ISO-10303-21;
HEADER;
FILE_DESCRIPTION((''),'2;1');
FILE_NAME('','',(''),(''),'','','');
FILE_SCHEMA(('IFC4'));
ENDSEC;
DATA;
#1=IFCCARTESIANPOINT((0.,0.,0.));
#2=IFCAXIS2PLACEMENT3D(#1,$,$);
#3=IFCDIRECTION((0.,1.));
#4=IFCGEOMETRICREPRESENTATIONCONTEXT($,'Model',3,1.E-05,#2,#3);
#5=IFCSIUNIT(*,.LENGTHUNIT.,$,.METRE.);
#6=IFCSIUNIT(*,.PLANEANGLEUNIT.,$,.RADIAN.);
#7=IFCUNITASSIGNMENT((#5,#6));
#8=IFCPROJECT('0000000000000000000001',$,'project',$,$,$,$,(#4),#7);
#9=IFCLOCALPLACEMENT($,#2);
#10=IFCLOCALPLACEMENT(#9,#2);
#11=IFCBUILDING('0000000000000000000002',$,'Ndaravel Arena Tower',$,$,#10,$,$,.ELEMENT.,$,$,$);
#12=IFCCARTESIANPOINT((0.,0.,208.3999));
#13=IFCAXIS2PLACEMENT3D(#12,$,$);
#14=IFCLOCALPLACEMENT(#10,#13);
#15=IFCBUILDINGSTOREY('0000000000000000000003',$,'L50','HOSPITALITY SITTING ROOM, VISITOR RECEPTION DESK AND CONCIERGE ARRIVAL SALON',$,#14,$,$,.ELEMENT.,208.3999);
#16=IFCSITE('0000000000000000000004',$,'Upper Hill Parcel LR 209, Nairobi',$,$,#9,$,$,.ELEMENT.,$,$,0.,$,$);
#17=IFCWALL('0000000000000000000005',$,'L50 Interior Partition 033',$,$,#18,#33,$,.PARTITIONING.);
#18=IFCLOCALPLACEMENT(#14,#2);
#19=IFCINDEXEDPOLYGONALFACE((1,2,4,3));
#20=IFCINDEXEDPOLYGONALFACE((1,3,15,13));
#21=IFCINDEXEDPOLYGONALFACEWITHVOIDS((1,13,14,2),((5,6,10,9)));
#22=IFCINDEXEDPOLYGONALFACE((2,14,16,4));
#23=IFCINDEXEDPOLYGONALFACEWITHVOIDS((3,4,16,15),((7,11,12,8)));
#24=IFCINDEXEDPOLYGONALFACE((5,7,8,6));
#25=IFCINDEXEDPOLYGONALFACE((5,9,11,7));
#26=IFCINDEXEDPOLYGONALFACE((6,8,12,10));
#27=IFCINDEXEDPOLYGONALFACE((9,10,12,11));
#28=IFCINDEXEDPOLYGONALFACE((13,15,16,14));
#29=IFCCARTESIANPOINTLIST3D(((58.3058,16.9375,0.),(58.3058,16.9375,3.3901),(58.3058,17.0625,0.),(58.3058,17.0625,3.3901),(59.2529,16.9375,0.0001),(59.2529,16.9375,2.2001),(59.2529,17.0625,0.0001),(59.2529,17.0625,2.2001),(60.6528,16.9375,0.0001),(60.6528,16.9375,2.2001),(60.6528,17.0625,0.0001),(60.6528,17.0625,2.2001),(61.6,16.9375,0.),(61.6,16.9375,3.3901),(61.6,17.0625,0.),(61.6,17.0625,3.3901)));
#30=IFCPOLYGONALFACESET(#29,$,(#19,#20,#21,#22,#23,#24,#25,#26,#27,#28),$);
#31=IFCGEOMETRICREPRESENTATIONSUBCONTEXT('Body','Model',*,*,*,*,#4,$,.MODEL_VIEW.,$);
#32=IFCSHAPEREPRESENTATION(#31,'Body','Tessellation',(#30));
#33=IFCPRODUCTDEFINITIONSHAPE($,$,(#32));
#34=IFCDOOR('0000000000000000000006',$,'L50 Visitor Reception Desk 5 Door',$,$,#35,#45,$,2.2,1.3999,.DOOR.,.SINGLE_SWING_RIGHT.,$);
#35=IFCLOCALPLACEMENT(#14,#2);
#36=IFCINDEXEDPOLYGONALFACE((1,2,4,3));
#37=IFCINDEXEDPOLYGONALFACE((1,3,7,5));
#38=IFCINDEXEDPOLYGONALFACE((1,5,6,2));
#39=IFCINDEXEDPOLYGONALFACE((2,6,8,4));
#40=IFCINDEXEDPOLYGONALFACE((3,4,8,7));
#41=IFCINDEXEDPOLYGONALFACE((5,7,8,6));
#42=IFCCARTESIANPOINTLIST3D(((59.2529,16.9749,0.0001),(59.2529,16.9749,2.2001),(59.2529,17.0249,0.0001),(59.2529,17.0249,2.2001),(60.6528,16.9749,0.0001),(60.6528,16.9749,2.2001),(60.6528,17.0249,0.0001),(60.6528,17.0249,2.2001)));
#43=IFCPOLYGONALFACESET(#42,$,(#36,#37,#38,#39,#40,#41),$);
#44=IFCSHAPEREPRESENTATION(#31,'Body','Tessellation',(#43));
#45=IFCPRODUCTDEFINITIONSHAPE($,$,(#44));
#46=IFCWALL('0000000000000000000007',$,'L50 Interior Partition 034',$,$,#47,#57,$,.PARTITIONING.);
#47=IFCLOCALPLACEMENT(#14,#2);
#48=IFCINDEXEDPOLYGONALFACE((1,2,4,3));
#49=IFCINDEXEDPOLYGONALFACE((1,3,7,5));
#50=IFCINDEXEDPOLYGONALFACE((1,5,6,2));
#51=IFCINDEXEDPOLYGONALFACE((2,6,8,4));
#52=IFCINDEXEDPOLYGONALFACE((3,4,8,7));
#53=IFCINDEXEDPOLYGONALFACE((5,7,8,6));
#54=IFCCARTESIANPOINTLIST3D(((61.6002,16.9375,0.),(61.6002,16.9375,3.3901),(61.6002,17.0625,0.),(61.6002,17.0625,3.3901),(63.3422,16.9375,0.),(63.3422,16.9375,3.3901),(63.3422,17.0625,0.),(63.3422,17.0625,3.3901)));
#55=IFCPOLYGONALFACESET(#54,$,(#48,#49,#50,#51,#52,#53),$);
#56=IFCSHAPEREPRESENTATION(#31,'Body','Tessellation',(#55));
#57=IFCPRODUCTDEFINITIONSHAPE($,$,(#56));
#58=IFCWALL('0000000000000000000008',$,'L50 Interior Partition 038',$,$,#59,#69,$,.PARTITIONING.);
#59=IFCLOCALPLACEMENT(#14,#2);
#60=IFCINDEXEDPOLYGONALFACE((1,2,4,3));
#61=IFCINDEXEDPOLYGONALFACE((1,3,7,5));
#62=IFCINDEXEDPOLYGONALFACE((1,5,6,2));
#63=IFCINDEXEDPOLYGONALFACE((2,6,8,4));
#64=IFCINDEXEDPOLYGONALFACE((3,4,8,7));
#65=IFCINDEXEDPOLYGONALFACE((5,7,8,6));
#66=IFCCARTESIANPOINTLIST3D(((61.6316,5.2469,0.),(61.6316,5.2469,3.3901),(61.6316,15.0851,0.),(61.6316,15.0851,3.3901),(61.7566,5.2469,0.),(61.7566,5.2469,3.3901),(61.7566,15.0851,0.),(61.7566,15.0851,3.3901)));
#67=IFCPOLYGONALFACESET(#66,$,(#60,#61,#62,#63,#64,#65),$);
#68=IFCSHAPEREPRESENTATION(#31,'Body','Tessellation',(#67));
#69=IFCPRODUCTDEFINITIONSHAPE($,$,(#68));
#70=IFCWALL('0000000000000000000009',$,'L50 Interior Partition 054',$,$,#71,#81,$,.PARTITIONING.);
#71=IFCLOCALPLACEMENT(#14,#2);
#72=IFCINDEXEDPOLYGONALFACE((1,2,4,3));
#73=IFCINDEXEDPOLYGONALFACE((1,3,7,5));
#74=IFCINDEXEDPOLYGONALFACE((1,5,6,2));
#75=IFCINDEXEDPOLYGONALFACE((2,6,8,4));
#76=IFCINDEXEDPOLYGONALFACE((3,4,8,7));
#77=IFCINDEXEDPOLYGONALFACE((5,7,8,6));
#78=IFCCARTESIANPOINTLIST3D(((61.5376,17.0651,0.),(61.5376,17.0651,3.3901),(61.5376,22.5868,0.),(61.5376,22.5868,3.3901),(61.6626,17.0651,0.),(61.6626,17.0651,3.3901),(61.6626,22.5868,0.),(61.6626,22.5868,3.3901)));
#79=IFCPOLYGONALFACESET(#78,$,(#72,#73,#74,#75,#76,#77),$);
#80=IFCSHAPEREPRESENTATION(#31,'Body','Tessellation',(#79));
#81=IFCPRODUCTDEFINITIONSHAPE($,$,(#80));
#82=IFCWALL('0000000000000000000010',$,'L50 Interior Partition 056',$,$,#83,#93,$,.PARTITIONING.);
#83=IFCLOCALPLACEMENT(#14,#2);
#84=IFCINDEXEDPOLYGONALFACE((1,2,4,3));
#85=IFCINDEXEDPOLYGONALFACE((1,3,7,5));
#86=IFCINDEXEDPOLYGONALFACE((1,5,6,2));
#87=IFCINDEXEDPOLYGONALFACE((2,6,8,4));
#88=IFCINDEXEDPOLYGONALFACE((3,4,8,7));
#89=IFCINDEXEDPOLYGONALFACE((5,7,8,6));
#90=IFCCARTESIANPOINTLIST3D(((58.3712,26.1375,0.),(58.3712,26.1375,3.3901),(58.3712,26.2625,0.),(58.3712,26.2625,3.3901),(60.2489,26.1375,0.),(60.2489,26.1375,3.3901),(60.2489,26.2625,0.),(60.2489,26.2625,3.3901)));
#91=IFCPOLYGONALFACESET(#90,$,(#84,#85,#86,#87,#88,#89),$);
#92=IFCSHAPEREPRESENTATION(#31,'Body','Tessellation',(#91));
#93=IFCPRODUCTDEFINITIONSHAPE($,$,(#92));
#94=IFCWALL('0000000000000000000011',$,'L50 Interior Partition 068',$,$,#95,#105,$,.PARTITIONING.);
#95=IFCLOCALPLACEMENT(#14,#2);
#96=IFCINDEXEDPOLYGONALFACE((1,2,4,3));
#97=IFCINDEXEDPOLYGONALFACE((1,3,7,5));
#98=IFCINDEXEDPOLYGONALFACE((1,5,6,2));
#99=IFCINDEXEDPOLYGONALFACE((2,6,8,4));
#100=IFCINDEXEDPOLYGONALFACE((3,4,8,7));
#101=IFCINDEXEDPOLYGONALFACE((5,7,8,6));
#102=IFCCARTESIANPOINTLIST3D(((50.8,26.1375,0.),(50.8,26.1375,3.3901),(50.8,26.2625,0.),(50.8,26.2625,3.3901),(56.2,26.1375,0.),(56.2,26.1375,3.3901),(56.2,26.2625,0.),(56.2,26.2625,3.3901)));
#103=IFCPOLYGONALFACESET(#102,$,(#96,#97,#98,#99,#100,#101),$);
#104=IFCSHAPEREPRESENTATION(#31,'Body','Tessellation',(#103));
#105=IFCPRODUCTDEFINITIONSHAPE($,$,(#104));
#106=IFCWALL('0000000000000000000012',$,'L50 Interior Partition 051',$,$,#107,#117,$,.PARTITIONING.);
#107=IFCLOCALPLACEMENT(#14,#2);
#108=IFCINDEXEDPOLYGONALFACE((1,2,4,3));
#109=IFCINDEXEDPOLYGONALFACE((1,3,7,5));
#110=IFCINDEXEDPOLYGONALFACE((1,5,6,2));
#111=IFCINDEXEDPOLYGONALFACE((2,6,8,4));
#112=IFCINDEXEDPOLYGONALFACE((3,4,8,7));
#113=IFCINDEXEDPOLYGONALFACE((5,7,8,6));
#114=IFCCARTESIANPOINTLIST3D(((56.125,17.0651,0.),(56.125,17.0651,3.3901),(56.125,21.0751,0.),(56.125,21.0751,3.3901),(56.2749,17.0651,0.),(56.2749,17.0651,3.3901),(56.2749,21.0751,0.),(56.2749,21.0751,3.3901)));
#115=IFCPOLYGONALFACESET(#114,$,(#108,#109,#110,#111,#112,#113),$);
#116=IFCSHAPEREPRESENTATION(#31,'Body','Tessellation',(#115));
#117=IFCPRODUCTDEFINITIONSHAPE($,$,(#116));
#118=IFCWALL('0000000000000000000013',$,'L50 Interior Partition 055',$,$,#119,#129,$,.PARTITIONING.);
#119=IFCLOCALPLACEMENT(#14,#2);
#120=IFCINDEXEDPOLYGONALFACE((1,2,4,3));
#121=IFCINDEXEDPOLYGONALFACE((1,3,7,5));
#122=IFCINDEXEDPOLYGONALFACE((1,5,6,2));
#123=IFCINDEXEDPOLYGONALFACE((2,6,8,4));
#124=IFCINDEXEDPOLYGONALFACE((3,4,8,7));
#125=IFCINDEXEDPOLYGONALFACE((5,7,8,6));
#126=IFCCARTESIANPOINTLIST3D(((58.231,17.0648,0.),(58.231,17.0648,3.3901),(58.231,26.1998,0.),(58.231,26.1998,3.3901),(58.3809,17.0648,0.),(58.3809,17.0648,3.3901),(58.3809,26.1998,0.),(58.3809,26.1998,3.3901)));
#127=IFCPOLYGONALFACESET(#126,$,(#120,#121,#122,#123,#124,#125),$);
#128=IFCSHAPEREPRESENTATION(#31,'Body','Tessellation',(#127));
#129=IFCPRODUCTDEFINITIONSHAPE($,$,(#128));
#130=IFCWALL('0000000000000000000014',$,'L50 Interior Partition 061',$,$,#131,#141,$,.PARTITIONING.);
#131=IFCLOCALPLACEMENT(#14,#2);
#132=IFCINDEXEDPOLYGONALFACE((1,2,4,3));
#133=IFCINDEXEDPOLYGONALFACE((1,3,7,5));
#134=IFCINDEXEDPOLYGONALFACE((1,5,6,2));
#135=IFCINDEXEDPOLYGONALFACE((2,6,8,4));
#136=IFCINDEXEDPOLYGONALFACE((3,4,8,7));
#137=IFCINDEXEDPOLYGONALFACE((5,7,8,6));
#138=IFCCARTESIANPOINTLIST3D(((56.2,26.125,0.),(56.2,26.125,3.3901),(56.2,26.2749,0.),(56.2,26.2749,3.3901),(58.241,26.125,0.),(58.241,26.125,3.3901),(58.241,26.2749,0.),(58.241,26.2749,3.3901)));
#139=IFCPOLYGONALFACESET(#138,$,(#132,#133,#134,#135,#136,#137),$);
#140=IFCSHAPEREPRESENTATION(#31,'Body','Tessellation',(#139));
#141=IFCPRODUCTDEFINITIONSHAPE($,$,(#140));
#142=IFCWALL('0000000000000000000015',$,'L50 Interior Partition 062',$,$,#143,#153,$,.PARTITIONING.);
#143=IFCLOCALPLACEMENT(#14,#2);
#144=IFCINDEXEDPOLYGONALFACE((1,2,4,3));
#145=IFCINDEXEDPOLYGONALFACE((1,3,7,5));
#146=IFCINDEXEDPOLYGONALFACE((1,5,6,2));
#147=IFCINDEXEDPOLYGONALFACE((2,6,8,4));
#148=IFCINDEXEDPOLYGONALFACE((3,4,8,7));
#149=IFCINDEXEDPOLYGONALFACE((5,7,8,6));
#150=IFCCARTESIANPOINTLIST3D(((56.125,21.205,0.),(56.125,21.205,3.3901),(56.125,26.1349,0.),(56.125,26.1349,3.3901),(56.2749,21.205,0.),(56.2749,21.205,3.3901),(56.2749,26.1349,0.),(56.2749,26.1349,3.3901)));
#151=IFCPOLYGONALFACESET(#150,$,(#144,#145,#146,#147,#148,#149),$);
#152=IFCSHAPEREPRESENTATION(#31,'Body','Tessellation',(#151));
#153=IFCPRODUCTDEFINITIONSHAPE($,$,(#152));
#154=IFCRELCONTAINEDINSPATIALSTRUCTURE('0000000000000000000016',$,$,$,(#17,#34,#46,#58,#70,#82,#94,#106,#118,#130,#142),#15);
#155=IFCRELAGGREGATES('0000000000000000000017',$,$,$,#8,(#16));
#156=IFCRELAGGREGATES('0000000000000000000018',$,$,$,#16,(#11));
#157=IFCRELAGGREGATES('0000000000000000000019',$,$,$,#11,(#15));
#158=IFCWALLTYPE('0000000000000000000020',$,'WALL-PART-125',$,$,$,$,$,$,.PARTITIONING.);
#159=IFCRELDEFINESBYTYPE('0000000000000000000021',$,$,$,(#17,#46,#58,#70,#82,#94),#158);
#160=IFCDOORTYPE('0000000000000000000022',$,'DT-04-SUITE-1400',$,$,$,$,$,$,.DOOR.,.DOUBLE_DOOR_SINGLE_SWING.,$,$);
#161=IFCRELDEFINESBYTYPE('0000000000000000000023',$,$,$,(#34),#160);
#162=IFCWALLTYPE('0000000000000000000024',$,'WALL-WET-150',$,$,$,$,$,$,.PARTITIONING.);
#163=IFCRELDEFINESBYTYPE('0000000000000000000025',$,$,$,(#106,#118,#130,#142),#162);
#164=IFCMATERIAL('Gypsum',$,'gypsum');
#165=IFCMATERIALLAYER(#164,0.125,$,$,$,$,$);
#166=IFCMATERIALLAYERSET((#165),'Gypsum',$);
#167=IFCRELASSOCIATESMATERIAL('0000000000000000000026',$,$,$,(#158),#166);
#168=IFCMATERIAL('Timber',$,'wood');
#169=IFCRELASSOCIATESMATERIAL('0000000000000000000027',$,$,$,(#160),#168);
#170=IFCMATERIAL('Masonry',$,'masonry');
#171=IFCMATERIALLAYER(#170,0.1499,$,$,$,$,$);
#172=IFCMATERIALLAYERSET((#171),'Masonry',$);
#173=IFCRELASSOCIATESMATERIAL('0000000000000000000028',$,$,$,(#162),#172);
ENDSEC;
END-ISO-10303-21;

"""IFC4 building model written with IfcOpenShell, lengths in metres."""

from ifc_helpers import new_model, si_unit, direction, frame, frame_2d, origin, place, context, subcontext, project, spatial, rectangle, extrude, material, layer, layer_set, type_object, element, fill, save


model = new_model("IFC4")

# Units and contexts
model_context = context("Model", 3, precision=1e-05, world=origin(), true_north=direction((0.0, 1.0)))
body_context = subcontext(model_context, "Body", "Model", "MODEL_VIEW")
ifc_project = project(units=[si_unit("LENGTHUNIT", "METRE"), si_unit("PLANEANGLEUNIT", "RADIAN")], contexts=[model_context])

# Site, building, storey
site_placement = place(None, origin())
site = spatial("IfcSite", under=ifc_project, at=site_placement, Name="Upper Hill Parcel LR 209, Nairobi", CompositionType="ELEMENT", RefElevation=0.0)
building_placement = place(site_placement, origin())
building = spatial("IfcBuilding", under=site, at=building_placement, Name="Ndaravel Arena Tower", CompositionType="ELEMENT")
storey_placement = place(building_placement, frame((0.0, 0.0, 208.3999)))
storey = spatial("IfcBuildingStorey", under=building, at=storey_placement, Name="L50", Description="HOSPITALITY SITTING ROOM, VISITOR RECEPTION DESK AND CONCIERGE ARRIVAL SALON", CompositionType="ELEMENT", Elevation=208.3999)

# Shared definitions
ifc_material_1 = material(Name="Gypsum", Category="gypsum")
ifc_layer_1 = layer(ifc_material_1, 0.125)
ifc_layer_set_1 = layer_set([ifc_layer_1], Name="Gypsum")
wall_type_1 = type_object("IfcWallType", Name="WALL-PART-125", PredefinedType="PARTITIONING", material=ifc_layer_set_1)

# Wall, opening, door
ifc_material_2 = material(Name="Timber", Category="wood")
door_type_1 = type_object("IfcDoorType", Name="DT-04-SUITE-1400", OperationType="DOUBLE_DOOR_SINGLE_SWING", PredefinedType="DOOR", material=ifc_material_2)
wall_1_placement = place(storey_placement, frame((58.3059, 17.0, 0.0), z_axis=(0.0, 0.0, 1.0), x_axis=(1.0, 0.0, 0.0)))
wall_1 = element("IfcWall", 1, at=wall_1_placement, inside=storey, type_object=wall_type_1, Name="L50 Interior Partition 033", PredefinedType="PARTITIONING", context=body_context, shape_type="SweptSolid", body=[
    extrude(rectangle(XDim=3.2942, YDim=0.125, at=frame_2d((1.647, 0.0))), origin(), (0.0, 0.0, 1.0), 3.3901),
])
opening_1_placement = place(wall_1_placement, frame((0.947, 0.0, 0.0)))
opening_1 = element("IfcOpeningElement", 2, at=opening_1_placement, cuts=wall_1, PredefinedType="OPENING", context=body_context, shape_type="SweptSolid", body=[
    extrude(rectangle(XDim=1.3999, YDim=2.2, at=frame_2d((0.7, 1.1001))), frame((0.0, 0.0625, 0.0), z_axis=(0.0, -1.0, 0.0), x_axis=(1.0, 0.0, 0.0)), (0.0, 0.0, 1.0), 0.125),
])
door_1_placement = place(opening_1_placement, origin())
door_1 = element("IfcDoor", 3, at=door_1_placement, inside=storey, type_object=door_type_1, Name="L50 Visitor Reception Desk 5 Door", OperationType="SINGLE_SWING_RIGHT", OverallHeight=2.2, OverallWidth=1.3999, PredefinedType="DOOR", context=body_context, shape_type="SweptSolid", body=[
    extrude(rectangle(XDim=1.3999, YDim=2.2, at=frame_2d((0.7, 1.1001))), frame((0.0, 0.0249, 0.0), z_axis=(0.0, -1.0, 0.0), x_axis=(1.0, 0.0, 0.0)), (0.0, 0.0, 1.0), 0.05),
])
fill(opening_1, door_1)

# Walls
wall_2_placement = place(storey_placement, frame((61.6001, 17.0, 0.0), z_axis=(0.0, 0.0, 1.0), x_axis=(1.0, 0.0, 0.0)))
element("IfcWall", 4, at=wall_2_placement, inside=storey, type_object=wall_type_1, Name="L50 Interior Partition 034", PredefinedType="PARTITIONING", context=body_context, shape_type="SweptSolid", body=[
    extrude(rectangle(XDim=1.7419, YDim=0.125, at=frame_2d((0.8711, 0.0))), origin(), (0.0, 0.0, 1.0), 3.3901),
])
wall_3_placement = place(storey_placement, frame((61.6941, 15.085, 0.0), z_axis=(0.0, 0.0, 1.0), x_axis=(0.0, -1.0, 0.0)))
element("IfcWall", 5, at=wall_3_placement, inside=storey, type_object=wall_type_1, Name="L50 Interior Partition 038", PredefinedType="PARTITIONING", context=body_context, shape_type="SweptSolid", body=[
    extrude(rectangle(XDim=9.8381, YDim=0.125, at=frame_2d((4.9189, 0.0))), origin(), (0.0, 0.0, 1.0), 3.3901),
])
wall_4_placement = place(storey_placement, frame((61.6001, 22.5867, 0.0), z_axis=(0.0, 0.0, 1.0), x_axis=(0.0, -1.0, 0.0)))
element("IfcWall", 6, at=wall_4_placement, inside=storey, type_object=wall_type_1, Name="L50 Interior Partition 054", PredefinedType="PARTITIONING", context=body_context, shape_type="SweptSolid", body=[
    extrude(rectangle(XDim=5.5217, YDim=0.125, at=frame_2d((2.7607, 0.0))), origin(), (0.0, 0.0, 1.0), 3.3901),
])
wall_5_placement = place(storey_placement, frame((58.3711, 26.2, 0.0), z_axis=(0.0, 0.0, 1.0), x_axis=(1.0, 0.0, 0.0)))
element("IfcWall", 7, at=wall_5_placement, inside=storey, type_object=wall_type_1, Name="L50 Interior Partition 056", PredefinedType="PARTITIONING", context=body_context, shape_type="SweptSolid", body=[
    extrude(rectangle(XDim=1.8777, YDim=0.125, at=frame_2d((0.939, 0.0))), origin(), (0.0, 0.0, 1.0), 3.3901),
])
wall_6_placement = place(storey_placement, frame((50.8, 26.2, 0.0), z_axis=(0.0, 0.0, 1.0), x_axis=(1.0, 0.0, 0.0)))
element("IfcWall", 8, at=wall_6_placement, inside=storey, type_object=wall_type_1, Name="L50 Interior Partition 068", PredefinedType="PARTITIONING", context=body_context, shape_type="SweptSolid", body=[
    extrude(rectangle(XDim=5.3999, YDim=0.125, at=frame_2d((2.7, 0.0))), origin(), (0.0, 0.0, 1.0), 3.3901),
])

# Shared definitions
ifc_material_3 = material(Name="Masonry", Category="masonry")
ifc_layer_2 = layer(ifc_material_3, 0.1499)
ifc_layer_set_2 = layer_set([ifc_layer_2], Name="Masonry")
wall_type_2 = type_object("IfcWallType", Name="WALL-WET-150", PredefinedType="PARTITIONING", material=ifc_layer_set_2)

# Walls
wall_7_placement = place(storey_placement, frame((56.2, 21.075, 0.0), z_axis=(0.0, 0.0, 1.0), x_axis=(0.0, -1.0, 0.0)))
element("IfcWall", 9, at=wall_7_placement, inside=storey, type_object=wall_type_2, Name="L50 Interior Partition 051", PredefinedType="PARTITIONING", context=body_context, shape_type="SweptSolid", body=[
    extrude(rectangle(XDim=4.01, YDim=0.1499, at=frame_2d((2.0049, 0.0))), origin(), (0.0, 0.0, 1.0), 3.3901),
])
wall_8_placement = place(storey_placement, frame((58.3059, 17.0649, 0.0), z_axis=(0.0, 0.0, 1.0), x_axis=(0.0, 1.0, 0.0)))
element("IfcWall", 10, at=wall_8_placement, inside=storey, type_object=wall_type_2, Name="L50 Interior Partition 055", PredefinedType="PARTITIONING", context=body_context, shape_type="SweptSolid", body=[
    extrude(rectangle(XDim=9.135, YDim=0.1499, at=frame_2d((4.5674, 0.0))), origin(), (0.0, 0.0, 1.0), 3.3901),
])
wall_9_placement = place(storey_placement, frame((56.2, 26.2, 0.0), z_axis=(0.0, 0.0, 1.0), x_axis=(1.0, 0.0, 0.0)))
element("IfcWall", 11, at=wall_9_placement, inside=storey, type_object=wall_type_2, Name="L50 Interior Partition 061", PredefinedType="PARTITIONING", context=body_context, shape_type="SweptSolid", body=[
    extrude(rectangle(XDim=2.041, YDim=0.1499, at=frame_2d((1.0205, 0.0))), origin(), (0.0, 0.0, 1.0), 3.3901),
])
wall_10_placement = place(storey_placement, frame((56.2, 21.2051, 0.0), z_axis=(0.0, 0.0, 1.0), x_axis=(0.0, 1.0, 0.0)))
element("IfcWall", 12, at=wall_10_placement, inside=storey, type_object=wall_type_2, Name="L50 Interior Partition 062", PredefinedType="PARTITIONING", context=body_context, shape_type="SweptSolid", body=[
    extrude(rectangle(XDim=4.9299, YDim=0.1499, at=frame_2d((2.4648, 0.0))), origin(), (0.0, 0.0, 1.0), 3.3901),
])

save(model, "model.ifc")
